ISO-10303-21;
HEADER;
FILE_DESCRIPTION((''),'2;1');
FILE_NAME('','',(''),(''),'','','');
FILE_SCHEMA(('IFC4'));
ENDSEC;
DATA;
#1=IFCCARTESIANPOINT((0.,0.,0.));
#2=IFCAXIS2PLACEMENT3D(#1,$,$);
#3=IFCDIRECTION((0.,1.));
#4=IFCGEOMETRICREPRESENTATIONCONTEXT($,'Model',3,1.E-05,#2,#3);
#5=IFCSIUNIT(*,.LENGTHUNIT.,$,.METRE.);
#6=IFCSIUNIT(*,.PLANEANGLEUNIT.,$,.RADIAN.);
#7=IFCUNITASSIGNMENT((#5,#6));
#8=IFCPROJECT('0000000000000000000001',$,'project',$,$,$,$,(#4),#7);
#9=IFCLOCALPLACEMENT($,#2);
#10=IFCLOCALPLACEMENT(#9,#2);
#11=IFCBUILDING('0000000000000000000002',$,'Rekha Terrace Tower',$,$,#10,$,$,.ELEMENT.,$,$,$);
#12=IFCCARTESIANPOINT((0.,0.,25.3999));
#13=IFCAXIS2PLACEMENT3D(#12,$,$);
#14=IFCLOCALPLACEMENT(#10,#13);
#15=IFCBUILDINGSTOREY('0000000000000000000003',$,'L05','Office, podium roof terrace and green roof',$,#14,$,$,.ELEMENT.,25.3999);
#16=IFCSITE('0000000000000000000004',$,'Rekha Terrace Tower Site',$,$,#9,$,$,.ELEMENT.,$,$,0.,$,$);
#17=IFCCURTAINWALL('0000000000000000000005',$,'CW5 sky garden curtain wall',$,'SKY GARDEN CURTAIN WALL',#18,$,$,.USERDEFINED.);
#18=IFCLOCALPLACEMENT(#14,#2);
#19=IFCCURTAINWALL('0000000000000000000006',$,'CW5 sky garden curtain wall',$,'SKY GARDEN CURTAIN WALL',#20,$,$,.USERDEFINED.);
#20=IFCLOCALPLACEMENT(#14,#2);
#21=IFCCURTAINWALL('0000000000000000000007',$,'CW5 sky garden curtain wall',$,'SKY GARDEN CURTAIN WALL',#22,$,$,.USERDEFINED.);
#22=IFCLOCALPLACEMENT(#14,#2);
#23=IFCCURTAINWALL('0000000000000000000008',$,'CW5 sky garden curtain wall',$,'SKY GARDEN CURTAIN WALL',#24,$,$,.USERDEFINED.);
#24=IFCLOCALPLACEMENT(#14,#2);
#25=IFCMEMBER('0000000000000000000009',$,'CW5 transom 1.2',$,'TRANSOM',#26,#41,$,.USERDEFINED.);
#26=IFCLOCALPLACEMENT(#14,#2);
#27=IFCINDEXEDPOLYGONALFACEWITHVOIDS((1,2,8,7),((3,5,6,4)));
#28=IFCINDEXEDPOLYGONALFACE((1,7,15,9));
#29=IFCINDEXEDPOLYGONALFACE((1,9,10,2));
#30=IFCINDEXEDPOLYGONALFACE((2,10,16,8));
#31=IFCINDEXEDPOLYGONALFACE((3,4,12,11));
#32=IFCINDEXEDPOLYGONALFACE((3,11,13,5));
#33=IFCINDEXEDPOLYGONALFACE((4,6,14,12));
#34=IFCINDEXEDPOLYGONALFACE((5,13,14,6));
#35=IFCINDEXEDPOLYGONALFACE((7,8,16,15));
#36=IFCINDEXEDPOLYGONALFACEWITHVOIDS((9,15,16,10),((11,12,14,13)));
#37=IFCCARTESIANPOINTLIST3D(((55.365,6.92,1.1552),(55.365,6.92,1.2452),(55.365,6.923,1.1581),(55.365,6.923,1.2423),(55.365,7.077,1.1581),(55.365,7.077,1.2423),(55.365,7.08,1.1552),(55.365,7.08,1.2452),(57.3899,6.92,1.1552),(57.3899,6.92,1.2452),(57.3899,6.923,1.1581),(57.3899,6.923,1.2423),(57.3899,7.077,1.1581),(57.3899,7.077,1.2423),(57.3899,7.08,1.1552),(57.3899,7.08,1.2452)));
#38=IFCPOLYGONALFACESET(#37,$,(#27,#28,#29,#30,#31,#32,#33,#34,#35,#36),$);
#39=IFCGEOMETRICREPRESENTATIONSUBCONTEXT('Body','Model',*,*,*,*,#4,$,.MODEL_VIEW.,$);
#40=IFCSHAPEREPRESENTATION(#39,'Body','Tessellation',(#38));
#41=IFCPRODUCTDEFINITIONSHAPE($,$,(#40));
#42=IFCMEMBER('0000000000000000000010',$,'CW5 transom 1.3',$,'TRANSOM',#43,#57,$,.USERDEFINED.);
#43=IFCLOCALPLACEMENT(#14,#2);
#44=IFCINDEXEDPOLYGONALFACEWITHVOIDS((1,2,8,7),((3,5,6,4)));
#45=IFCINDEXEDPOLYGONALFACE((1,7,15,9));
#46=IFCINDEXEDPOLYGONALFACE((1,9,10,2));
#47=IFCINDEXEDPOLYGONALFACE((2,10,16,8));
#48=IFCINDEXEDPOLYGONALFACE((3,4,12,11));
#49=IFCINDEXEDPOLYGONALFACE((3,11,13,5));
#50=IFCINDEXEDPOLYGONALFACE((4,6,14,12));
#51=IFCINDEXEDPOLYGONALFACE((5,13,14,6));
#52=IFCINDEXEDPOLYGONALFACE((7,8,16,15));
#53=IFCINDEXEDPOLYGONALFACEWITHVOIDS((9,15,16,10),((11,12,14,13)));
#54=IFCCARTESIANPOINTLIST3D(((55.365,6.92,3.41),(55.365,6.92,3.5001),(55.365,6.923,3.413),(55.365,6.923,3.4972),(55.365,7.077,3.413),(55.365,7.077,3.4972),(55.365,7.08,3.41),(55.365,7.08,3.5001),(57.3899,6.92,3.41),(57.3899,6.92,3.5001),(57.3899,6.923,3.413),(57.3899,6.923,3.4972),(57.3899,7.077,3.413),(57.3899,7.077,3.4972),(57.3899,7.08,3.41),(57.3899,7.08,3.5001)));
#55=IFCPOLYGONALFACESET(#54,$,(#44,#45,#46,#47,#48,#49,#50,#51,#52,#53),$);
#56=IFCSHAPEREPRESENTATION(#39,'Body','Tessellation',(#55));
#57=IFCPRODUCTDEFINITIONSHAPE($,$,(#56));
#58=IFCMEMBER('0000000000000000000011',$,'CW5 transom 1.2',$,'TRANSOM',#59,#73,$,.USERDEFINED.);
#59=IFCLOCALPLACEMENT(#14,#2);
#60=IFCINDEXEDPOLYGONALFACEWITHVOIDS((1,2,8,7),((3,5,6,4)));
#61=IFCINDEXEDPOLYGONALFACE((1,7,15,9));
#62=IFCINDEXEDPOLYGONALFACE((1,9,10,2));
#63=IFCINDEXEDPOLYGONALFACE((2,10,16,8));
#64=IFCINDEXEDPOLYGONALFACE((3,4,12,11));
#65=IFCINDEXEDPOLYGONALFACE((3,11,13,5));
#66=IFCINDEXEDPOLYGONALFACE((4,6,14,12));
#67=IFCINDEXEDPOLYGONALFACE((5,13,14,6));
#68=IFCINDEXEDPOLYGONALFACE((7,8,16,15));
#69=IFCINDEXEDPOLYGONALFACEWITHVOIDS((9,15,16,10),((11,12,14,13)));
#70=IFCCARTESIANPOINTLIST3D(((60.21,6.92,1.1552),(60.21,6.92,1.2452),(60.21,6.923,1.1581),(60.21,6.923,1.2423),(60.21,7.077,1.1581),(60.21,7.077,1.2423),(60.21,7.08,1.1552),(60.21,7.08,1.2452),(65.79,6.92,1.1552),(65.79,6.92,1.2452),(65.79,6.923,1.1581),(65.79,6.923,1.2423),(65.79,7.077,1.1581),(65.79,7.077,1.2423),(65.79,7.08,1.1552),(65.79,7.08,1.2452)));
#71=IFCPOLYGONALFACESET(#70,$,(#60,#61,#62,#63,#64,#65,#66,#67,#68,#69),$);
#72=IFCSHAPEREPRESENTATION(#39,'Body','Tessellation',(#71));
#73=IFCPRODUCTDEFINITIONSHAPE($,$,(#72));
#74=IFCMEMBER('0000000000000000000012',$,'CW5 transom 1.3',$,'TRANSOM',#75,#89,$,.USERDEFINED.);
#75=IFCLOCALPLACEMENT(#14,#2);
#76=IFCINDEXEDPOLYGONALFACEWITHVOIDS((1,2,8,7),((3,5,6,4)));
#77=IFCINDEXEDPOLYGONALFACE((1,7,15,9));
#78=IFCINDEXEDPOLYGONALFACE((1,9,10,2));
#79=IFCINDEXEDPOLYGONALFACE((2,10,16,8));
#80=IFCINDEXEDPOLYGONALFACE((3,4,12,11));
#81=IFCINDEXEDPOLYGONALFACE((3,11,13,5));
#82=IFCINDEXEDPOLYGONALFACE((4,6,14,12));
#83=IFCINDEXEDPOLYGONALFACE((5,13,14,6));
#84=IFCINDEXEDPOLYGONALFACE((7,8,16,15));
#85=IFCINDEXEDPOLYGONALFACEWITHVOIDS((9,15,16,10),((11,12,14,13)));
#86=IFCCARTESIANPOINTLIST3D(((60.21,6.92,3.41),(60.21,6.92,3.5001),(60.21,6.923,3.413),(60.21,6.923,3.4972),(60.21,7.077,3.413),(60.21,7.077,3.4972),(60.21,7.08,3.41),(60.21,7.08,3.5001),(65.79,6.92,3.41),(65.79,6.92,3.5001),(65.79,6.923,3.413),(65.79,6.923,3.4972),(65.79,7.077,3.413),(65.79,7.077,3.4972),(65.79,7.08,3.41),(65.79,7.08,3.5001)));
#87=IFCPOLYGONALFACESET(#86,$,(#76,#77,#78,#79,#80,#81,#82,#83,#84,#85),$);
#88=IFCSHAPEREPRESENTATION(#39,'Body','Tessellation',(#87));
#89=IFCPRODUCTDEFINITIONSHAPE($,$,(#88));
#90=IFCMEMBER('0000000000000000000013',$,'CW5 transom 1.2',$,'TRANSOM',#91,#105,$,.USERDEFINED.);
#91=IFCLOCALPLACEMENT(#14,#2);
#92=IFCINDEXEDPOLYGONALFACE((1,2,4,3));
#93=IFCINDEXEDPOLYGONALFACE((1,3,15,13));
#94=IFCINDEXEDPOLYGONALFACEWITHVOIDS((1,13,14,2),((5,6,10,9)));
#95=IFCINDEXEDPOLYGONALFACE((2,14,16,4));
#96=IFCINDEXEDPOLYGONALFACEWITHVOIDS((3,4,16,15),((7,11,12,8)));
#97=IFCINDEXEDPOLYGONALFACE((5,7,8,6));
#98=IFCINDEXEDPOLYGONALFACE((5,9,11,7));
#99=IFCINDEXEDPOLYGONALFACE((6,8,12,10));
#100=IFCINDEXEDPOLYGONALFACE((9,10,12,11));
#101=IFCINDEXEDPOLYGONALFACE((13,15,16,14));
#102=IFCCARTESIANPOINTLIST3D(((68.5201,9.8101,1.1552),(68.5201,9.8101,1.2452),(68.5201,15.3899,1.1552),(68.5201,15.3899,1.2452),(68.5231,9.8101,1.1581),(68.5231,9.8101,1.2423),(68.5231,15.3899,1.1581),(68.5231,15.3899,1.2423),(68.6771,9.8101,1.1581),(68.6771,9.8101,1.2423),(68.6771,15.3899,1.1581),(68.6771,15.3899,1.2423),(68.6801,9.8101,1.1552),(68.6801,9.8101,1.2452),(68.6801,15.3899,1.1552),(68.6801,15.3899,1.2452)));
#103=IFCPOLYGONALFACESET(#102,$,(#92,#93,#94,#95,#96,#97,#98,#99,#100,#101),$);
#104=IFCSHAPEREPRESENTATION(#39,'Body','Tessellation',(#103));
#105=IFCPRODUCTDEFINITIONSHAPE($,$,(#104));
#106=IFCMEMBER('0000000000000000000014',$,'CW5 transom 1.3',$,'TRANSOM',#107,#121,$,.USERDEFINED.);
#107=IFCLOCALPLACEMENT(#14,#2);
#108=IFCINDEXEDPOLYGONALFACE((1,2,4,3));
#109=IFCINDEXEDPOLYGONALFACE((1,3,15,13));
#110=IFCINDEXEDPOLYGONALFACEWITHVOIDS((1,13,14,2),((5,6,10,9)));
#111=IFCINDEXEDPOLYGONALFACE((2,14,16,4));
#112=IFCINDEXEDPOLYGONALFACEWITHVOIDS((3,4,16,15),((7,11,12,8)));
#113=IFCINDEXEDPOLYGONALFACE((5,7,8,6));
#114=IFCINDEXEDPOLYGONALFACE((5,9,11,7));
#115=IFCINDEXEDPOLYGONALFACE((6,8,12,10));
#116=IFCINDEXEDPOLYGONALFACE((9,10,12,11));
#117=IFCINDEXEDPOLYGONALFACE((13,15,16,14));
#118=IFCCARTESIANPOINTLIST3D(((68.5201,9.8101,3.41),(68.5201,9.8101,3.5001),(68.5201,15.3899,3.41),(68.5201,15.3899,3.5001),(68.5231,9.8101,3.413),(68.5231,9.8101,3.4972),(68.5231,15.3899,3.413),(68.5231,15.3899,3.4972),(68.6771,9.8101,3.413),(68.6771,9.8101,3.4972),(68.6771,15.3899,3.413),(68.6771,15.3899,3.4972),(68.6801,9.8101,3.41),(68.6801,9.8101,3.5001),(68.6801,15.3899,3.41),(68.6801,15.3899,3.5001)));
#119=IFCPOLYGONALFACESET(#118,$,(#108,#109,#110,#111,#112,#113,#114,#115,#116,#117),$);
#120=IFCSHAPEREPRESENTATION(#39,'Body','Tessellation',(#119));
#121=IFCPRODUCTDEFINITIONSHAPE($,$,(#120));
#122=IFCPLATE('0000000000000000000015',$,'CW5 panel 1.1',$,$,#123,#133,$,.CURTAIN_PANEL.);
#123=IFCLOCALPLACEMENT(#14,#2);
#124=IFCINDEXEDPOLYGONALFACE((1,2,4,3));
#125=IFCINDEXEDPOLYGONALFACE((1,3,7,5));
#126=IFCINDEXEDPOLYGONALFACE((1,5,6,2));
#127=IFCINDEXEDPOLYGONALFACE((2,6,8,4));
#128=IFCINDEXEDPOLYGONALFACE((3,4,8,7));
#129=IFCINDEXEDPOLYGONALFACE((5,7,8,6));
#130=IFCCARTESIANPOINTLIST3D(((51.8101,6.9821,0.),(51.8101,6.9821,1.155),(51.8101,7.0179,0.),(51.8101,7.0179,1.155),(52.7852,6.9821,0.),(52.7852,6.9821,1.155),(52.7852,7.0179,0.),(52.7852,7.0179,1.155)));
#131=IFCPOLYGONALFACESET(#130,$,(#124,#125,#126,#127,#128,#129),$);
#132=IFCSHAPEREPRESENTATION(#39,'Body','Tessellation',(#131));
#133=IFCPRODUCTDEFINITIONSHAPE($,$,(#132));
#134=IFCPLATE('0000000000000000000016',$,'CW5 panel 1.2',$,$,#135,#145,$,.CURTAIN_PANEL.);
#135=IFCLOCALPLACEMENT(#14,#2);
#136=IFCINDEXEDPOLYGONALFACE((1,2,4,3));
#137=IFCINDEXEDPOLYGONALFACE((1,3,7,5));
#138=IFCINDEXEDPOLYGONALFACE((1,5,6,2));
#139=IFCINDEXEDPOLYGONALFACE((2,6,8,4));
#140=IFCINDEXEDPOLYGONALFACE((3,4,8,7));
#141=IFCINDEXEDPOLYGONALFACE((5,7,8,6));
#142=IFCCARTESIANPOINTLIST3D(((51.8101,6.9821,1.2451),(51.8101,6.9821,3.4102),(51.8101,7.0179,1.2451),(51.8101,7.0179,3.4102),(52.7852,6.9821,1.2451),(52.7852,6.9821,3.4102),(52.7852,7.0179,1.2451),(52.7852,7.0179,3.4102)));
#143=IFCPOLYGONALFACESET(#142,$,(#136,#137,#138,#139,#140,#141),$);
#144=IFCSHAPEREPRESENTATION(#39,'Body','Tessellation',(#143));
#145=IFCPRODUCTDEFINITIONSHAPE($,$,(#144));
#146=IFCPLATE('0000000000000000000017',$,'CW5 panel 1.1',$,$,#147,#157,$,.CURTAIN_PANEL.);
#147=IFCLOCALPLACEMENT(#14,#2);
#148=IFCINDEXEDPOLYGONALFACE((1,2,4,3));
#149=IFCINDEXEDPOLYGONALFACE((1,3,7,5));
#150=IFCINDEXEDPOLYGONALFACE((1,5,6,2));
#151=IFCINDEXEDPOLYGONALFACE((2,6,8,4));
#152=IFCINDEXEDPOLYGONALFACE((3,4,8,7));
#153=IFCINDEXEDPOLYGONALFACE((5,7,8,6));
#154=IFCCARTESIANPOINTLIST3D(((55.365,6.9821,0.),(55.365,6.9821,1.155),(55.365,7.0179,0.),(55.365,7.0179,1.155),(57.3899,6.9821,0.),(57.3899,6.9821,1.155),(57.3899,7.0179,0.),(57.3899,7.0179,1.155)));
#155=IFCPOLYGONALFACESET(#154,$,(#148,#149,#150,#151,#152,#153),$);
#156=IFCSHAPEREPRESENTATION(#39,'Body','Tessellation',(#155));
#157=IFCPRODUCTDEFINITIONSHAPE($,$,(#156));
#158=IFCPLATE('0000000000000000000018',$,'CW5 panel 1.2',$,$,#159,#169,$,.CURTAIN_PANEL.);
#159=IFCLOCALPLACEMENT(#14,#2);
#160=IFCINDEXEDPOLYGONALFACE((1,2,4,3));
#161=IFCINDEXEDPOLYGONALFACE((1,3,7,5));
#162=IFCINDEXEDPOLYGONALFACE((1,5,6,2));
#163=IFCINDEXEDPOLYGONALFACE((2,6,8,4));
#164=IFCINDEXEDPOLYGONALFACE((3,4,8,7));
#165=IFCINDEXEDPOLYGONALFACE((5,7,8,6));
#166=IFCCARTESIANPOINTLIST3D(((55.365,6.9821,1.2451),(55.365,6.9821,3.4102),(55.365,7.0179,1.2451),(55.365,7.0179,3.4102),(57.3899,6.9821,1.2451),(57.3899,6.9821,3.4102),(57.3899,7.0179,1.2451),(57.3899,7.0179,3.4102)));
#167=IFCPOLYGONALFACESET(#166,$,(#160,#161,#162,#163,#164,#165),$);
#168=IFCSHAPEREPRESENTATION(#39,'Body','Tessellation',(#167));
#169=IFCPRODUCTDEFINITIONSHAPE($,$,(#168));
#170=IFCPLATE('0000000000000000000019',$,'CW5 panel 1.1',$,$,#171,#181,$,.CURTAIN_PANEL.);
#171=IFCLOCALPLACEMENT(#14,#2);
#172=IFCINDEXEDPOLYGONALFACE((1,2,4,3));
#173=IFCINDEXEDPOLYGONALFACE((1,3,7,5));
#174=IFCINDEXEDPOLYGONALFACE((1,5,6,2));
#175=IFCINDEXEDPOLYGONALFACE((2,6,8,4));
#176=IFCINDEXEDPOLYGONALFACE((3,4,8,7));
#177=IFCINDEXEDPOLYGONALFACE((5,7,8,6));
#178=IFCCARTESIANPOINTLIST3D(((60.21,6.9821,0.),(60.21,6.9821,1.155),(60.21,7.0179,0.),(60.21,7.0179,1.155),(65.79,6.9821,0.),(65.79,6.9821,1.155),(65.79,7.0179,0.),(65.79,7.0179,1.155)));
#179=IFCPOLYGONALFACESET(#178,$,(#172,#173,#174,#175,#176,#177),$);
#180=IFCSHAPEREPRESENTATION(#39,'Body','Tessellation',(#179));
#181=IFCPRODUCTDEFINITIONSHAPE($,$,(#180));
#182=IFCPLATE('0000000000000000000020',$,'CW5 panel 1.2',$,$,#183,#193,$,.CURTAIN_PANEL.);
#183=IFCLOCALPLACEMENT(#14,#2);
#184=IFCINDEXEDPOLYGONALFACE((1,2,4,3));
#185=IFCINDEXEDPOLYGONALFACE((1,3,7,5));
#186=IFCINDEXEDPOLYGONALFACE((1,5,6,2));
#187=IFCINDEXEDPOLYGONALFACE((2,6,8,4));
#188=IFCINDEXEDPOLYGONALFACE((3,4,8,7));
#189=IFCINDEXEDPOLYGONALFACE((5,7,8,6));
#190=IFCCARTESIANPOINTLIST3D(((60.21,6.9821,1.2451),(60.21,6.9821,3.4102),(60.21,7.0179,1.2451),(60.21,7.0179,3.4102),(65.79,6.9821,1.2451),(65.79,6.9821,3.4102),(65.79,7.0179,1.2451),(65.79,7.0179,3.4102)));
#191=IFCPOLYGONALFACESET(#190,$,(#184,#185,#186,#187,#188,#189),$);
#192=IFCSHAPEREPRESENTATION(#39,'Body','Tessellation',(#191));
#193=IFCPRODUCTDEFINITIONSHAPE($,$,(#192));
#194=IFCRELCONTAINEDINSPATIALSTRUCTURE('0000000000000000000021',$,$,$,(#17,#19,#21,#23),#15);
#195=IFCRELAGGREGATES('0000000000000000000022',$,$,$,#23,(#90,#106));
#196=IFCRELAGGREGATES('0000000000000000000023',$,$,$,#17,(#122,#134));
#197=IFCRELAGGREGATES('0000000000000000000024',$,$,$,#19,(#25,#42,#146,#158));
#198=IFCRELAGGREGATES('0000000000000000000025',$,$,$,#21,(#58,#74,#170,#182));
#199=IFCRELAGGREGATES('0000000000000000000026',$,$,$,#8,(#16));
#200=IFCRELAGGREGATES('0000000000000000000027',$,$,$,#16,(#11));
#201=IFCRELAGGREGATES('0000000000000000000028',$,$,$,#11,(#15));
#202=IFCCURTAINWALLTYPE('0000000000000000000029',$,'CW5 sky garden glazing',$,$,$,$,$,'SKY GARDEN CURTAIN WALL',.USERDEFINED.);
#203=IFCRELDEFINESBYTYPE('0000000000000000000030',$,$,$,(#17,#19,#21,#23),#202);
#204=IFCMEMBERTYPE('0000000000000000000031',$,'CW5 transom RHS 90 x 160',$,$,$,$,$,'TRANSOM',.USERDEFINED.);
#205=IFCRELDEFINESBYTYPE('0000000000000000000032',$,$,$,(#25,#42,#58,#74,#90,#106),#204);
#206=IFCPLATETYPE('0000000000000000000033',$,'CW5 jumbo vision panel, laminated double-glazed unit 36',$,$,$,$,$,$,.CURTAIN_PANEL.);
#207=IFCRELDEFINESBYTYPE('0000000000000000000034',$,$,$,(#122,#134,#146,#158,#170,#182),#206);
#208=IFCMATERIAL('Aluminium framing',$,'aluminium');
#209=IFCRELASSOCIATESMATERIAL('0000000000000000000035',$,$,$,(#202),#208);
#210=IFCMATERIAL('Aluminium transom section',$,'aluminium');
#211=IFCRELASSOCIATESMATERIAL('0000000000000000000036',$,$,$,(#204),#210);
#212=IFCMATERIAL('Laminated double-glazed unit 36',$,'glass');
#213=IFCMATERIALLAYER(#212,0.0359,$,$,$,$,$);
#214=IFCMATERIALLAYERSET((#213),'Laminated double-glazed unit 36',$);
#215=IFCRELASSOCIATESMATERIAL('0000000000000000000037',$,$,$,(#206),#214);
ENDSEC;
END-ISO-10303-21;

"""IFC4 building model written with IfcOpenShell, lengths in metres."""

from ifc_helpers import new_model, si_unit, direction, frame, origin, origin_2d, place, context, subcontext, project, spatial, rectangle, hollow_rectangle, extrude, material, layer, layer_set, material_profile, profile_set, type_object, element, aggregate, save


model = new_model("IFC4")

# Units and contexts
model_context = context("Model", 3, precision=1e-05, world=origin(), true_north=direction((0.0, 1.0)))
body_context = subcontext(model_context, "Body", "Model", "MODEL_VIEW")
ifc_project = project(units=[si_unit("LENGTHUNIT", "METRE"), si_unit("PLANEANGLEUNIT", "RADIAN")], contexts=[model_context])

# Site, building, storey
site_placement = place(None, origin())
site = spatial("IfcSite", under=ifc_project, at=site_placement, Name="Rekha Terrace Tower Site", CompositionType="ELEMENT", RefElevation=0.0)
building_placement = place(site_placement, origin())
building = spatial("IfcBuilding", under=site, at=building_placement, Name="Rekha Terrace Tower", CompositionType="ELEMENT")
storey_placement = place(building_placement, frame((0.0, 0.0, 25.3999)))
storey = spatial("IfcBuildingStorey", under=building, at=storey_placement, Name="L05", Description="Office, podium roof terrace and green roof", CompositionType="ELEMENT", Elevation=25.3999)

# Curtain walls
ifc_material_1 = material(Name="Aluminium framing", Category="aluminium")
curtain_wall_type = type_object("IfcCurtainWallType", Name="CW5 sky garden glazing", ElementType="SKY GARDEN CURTAIN WALL", PredefinedType="USERDEFINED", material=ifc_material_1)
curtain_wall_1_placement = place(storey_placement, origin())
curtain_wall_1 = element("IfcCurtainWall", 1, at=curtain_wall_1_placement, inside=storey, type_object=curtain_wall_type, Name="CW5 sky garden curtain wall", ObjectType="SKY GARDEN CURTAIN WALL", PredefinedType="USERDEFINED")
curtain_wall_2_placement = place(storey_placement, origin())
curtain_wall_2 = element("IfcCurtainWall", 2, at=curtain_wall_2_placement, inside=storey, type_object=curtain_wall_type, Name="CW5 sky garden curtain wall", ObjectType="SKY GARDEN CURTAIN WALL", PredefinedType="USERDEFINED")
curtain_wall_3_placement = place(storey_placement, origin())
curtain_wall_3 = element("IfcCurtainWall", 3, at=curtain_wall_3_placement, inside=storey, type_object=curtain_wall_type, Name="CW5 sky garden curtain wall", ObjectType="SKY GARDEN CURTAIN WALL", PredefinedType="USERDEFINED")

# Curtain wall
curtain_wall_4_placement = place(storey_placement, origin())
curtain_wall_4 = element("IfcCurtainWall", 4, at=curtain_wall_4_placement, inside=storey, type_object=curtain_wall_type, Name="CW5 sky garden curtain wall", ObjectType="SKY GARDEN CURTAIN WALL", PredefinedType="USERDEFINED")

# Members
ifc_material_2 = material(Name="Aluminium transom section", Category="aluminium")
ifc_material_profile_1 = material_profile(ifc_material_2, hollow_rectangle(XDim=0.1599, YDim=0.0901, WallThickness=0.0029, at=origin_2d()), Name="AL RHS 160x90")
ifc_profile_set_1 = profile_set([ifc_material_profile_1], Name="Aluminium transom section")
member_type_1 = type_object("IfcMemberType", Name="CW5 transom RHS 90 x 160", ElementType="TRANSOM", PredefinedType="USERDEFINED", material=ifc_profile_set_1)
member_1_placement = place(storey_placement, frame((55.365, 7.0, 1.2002), z_axis=(1.0, 0.0, 0.0), x_axis=(0.0, 1.0, 0.0)))
member_1 = element("IfcMember", 5, at=member_1_placement, type_object=member_type_1, Name="CW5 transom 1.2", ObjectType="TRANSOM", PredefinedType="USERDEFINED", context=body_context, shape_type="SweptSolid", body=[
    extrude(hollow_rectangle(XDim=0.1599, YDim=0.0901, WallThickness=0.0029, at=origin_2d()), origin(), (0.0, 0.0, 1.0), 2.0249),
])
member_2_placement = place(storey_placement, frame((55.365, 7.0, 3.4551), z_axis=(1.0, 0.0, 0.0), x_axis=(0.0, 1.0, 0.0)))
member_2 = element("IfcMember", 6, at=member_2_placement, type_object=member_type_1, Name="CW5 transom 1.3", ObjectType="TRANSOM", PredefinedType="USERDEFINED", context=body_context, shape_type="SweptSolid", body=[
    extrude(hollow_rectangle(XDim=0.1599, YDim=0.0901, WallThickness=0.0029, at=origin_2d()), origin(), (0.0, 0.0, 1.0), 2.0249),
])
member_3_placement = place(storey_placement, frame((60.21, 7.0, 1.2002), z_axis=(1.0, 0.0, 0.0), x_axis=(0.0, 1.0, 0.0)))
member_3 = element("IfcMember", 7, at=member_3_placement, type_object=member_type_1, Name="CW5 transom 1.2", ObjectType="TRANSOM", PredefinedType="USERDEFINED", context=body_context, shape_type="SweptSolid", body=[
    extrude(hollow_rectangle(XDim=0.1599, YDim=0.0901, WallThickness=0.0029, at=origin_2d()), origin(), (0.0, 0.0, 1.0), 5.5801),
])
member_4_placement = place(storey_placement, frame((60.21, 7.0, 3.4551), z_axis=(1.0, 0.0, 0.0), x_axis=(0.0, 1.0, 0.0)))
member_4 = element("IfcMember", 8, at=member_4_placement, type_object=member_type_1, Name="CW5 transom 1.3", ObjectType="TRANSOM", PredefinedType="USERDEFINED", context=body_context, shape_type="SweptSolid", body=[
    extrude(hollow_rectangle(XDim=0.1599, YDim=0.0901, WallThickness=0.0029, at=origin_2d()), origin(), (0.0, 0.0, 1.0), 5.5801),
])
member_5_placement = place(storey_placement, frame((68.6001, 9.8101, 1.2002), z_axis=(0.0, 1.0, 0.0), x_axis=(-1.0, 0.0, 0.0)))
member_5 = element("IfcMember", 9, at=member_5_placement, type_object=member_type_1, Name="CW5 transom 1.2", ObjectType="TRANSOM", PredefinedType="USERDEFINED", context=body_context, shape_type="SweptSolid", body=[
    extrude(hollow_rectangle(XDim=0.1599, YDim=0.0901, WallThickness=0.0029, at=origin_2d()), origin(), (0.0, 0.0, 1.0), 5.5798),
])
member_6_placement = place(storey_placement, frame((68.6001, 9.8101, 3.4551), z_axis=(0.0, 1.0, 0.0), x_axis=(-1.0, 0.0, 0.0)))
member_6 = element("IfcMember", 10, at=member_6_placement, type_object=member_type_1, Name="CW5 transom 1.3", ObjectType="TRANSOM", PredefinedType="USERDEFINED", context=body_context, shape_type="SweptSolid", body=[
    extrude(hollow_rectangle(XDim=0.1599, YDim=0.0901, WallThickness=0.0029, at=origin_2d()), origin(), (0.0, 0.0, 1.0), 5.5798),
])
aggregate(curtain_wall_4, [member_5, member_6])

# Plates
ifc_material_3 = material(Name="Laminated double-glazed unit 36", Category="glass")
ifc_layer_1 = layer(ifc_material_3, 0.0359)
ifc_layer_set_1 = layer_set([ifc_layer_1], Name="Laminated double-glazed unit 36")
plate_type = type_object("IfcPlateType", Name="CW5 jumbo vision panel, laminated double-glazed unit 36", PredefinedType="CURTAIN_PANEL", material=ifc_layer_set_1)
plate_1_placement = place(storey_placement, frame((52.2976, 7.0, 0.0), z_axis=(0.0, 0.0, 1.0), x_axis=(1.0, 0.0, 0.0)))
plate_1 = element("IfcPlate", 11, at=plate_1_placement, type_object=plate_type, Name="CW5 panel 1.1", PredefinedType="CURTAIN_PANEL", context=body_context, shape_type="SweptSolid", body=[
    extrude(rectangle(XDim=0.9751, YDim=0.0359, at=origin_2d()), origin(), (0.0, 0.0, 1.0), 1.155),
])
plate_2_placement = place(storey_placement, frame((52.2976, 7.0, 1.2451), z_axis=(0.0, 0.0, 1.0), x_axis=(1.0, 0.0, 0.0)))
plate_2 = element("IfcPlate", 12, at=plate_2_placement, type_object=plate_type, Name="CW5 panel 1.2", PredefinedType="CURTAIN_PANEL", context=body_context, shape_type="SweptSolid", body=[
    extrude(rectangle(XDim=0.9751, YDim=0.0359, at=origin_2d()), origin(), (0.0, 0.0, 1.0), 2.165),
])
aggregate(curtain_wall_1, [plate_1, plate_2])
plate_3_placement = place(storey_placement, frame((56.3774, 7.0, 0.0), z_axis=(0.0, 0.0, 1.0), x_axis=(1.0, 0.0, 0.0)))
plate_3 = element("IfcPlate", 13, at=plate_3_placement, type_object=plate_type, Name="CW5 panel 1.1", PredefinedType="CURTAIN_PANEL", context=body_context, shape_type="SweptSolid", body=[
    extrude(rectangle(XDim=2.0249, YDim=0.0359, at=origin_2d()), origin(), (0.0, 0.0, 1.0), 1.155),
])
plate_4_placement = place(storey_placement, frame((56.3774, 7.0, 1.2451), z_axis=(0.0, 0.0, 1.0), x_axis=(1.0, 0.0, 0.0)))
plate_4 = element("IfcPlate", 14, at=plate_4_placement, type_object=plate_type, Name="CW5 panel 1.2", PredefinedType="CURTAIN_PANEL", context=body_context, shape_type="SweptSolid", body=[
    extrude(rectangle(XDim=2.0249, YDim=0.0359, at=origin_2d()), origin(), (0.0, 0.0, 1.0), 2.165),
])
aggregate(curtain_wall_2, [member_1, member_2, plate_3, plate_4])
plate_5_placement = place(storey_placement, frame((63.0, 7.0, 0.0), z_axis=(0.0, 0.0, 1.0), x_axis=(1.0, 0.0, 0.0)))
plate_5 = element("IfcPlate", 15, at=plate_5_placement, type_object=plate_type, Name="CW5 panel 1.1", PredefinedType="CURTAIN_PANEL", context=body_context, shape_type="SweptSolid", body=[
    extrude(rectangle(XDim=5.5801, YDim=0.0359, at=origin_2d()), origin(), (0.0, 0.0, 1.0), 1.155),
])
plate_6_placement = place(storey_placement, frame((63.0, 7.0, 1.2451), z_axis=(0.0, 0.0, 1.0), x_axis=(1.0, 0.0, 0.0)))
plate_6 = element("IfcPlate", 16, at=plate_6_placement, type_object=plate_type, Name="CW5 panel 1.2", PredefinedType="CURTAIN_PANEL", context=body_context, shape_type="SweptSolid", body=[
    extrude(rectangle(XDim=5.5801, YDim=0.0359, at=origin_2d()), origin(), (0.0, 0.0, 1.0), 2.165),
])
aggregate(curtain_wall_3, [member_3, member_4, plate_5, plate_6])

save(model, "model.ifc")
